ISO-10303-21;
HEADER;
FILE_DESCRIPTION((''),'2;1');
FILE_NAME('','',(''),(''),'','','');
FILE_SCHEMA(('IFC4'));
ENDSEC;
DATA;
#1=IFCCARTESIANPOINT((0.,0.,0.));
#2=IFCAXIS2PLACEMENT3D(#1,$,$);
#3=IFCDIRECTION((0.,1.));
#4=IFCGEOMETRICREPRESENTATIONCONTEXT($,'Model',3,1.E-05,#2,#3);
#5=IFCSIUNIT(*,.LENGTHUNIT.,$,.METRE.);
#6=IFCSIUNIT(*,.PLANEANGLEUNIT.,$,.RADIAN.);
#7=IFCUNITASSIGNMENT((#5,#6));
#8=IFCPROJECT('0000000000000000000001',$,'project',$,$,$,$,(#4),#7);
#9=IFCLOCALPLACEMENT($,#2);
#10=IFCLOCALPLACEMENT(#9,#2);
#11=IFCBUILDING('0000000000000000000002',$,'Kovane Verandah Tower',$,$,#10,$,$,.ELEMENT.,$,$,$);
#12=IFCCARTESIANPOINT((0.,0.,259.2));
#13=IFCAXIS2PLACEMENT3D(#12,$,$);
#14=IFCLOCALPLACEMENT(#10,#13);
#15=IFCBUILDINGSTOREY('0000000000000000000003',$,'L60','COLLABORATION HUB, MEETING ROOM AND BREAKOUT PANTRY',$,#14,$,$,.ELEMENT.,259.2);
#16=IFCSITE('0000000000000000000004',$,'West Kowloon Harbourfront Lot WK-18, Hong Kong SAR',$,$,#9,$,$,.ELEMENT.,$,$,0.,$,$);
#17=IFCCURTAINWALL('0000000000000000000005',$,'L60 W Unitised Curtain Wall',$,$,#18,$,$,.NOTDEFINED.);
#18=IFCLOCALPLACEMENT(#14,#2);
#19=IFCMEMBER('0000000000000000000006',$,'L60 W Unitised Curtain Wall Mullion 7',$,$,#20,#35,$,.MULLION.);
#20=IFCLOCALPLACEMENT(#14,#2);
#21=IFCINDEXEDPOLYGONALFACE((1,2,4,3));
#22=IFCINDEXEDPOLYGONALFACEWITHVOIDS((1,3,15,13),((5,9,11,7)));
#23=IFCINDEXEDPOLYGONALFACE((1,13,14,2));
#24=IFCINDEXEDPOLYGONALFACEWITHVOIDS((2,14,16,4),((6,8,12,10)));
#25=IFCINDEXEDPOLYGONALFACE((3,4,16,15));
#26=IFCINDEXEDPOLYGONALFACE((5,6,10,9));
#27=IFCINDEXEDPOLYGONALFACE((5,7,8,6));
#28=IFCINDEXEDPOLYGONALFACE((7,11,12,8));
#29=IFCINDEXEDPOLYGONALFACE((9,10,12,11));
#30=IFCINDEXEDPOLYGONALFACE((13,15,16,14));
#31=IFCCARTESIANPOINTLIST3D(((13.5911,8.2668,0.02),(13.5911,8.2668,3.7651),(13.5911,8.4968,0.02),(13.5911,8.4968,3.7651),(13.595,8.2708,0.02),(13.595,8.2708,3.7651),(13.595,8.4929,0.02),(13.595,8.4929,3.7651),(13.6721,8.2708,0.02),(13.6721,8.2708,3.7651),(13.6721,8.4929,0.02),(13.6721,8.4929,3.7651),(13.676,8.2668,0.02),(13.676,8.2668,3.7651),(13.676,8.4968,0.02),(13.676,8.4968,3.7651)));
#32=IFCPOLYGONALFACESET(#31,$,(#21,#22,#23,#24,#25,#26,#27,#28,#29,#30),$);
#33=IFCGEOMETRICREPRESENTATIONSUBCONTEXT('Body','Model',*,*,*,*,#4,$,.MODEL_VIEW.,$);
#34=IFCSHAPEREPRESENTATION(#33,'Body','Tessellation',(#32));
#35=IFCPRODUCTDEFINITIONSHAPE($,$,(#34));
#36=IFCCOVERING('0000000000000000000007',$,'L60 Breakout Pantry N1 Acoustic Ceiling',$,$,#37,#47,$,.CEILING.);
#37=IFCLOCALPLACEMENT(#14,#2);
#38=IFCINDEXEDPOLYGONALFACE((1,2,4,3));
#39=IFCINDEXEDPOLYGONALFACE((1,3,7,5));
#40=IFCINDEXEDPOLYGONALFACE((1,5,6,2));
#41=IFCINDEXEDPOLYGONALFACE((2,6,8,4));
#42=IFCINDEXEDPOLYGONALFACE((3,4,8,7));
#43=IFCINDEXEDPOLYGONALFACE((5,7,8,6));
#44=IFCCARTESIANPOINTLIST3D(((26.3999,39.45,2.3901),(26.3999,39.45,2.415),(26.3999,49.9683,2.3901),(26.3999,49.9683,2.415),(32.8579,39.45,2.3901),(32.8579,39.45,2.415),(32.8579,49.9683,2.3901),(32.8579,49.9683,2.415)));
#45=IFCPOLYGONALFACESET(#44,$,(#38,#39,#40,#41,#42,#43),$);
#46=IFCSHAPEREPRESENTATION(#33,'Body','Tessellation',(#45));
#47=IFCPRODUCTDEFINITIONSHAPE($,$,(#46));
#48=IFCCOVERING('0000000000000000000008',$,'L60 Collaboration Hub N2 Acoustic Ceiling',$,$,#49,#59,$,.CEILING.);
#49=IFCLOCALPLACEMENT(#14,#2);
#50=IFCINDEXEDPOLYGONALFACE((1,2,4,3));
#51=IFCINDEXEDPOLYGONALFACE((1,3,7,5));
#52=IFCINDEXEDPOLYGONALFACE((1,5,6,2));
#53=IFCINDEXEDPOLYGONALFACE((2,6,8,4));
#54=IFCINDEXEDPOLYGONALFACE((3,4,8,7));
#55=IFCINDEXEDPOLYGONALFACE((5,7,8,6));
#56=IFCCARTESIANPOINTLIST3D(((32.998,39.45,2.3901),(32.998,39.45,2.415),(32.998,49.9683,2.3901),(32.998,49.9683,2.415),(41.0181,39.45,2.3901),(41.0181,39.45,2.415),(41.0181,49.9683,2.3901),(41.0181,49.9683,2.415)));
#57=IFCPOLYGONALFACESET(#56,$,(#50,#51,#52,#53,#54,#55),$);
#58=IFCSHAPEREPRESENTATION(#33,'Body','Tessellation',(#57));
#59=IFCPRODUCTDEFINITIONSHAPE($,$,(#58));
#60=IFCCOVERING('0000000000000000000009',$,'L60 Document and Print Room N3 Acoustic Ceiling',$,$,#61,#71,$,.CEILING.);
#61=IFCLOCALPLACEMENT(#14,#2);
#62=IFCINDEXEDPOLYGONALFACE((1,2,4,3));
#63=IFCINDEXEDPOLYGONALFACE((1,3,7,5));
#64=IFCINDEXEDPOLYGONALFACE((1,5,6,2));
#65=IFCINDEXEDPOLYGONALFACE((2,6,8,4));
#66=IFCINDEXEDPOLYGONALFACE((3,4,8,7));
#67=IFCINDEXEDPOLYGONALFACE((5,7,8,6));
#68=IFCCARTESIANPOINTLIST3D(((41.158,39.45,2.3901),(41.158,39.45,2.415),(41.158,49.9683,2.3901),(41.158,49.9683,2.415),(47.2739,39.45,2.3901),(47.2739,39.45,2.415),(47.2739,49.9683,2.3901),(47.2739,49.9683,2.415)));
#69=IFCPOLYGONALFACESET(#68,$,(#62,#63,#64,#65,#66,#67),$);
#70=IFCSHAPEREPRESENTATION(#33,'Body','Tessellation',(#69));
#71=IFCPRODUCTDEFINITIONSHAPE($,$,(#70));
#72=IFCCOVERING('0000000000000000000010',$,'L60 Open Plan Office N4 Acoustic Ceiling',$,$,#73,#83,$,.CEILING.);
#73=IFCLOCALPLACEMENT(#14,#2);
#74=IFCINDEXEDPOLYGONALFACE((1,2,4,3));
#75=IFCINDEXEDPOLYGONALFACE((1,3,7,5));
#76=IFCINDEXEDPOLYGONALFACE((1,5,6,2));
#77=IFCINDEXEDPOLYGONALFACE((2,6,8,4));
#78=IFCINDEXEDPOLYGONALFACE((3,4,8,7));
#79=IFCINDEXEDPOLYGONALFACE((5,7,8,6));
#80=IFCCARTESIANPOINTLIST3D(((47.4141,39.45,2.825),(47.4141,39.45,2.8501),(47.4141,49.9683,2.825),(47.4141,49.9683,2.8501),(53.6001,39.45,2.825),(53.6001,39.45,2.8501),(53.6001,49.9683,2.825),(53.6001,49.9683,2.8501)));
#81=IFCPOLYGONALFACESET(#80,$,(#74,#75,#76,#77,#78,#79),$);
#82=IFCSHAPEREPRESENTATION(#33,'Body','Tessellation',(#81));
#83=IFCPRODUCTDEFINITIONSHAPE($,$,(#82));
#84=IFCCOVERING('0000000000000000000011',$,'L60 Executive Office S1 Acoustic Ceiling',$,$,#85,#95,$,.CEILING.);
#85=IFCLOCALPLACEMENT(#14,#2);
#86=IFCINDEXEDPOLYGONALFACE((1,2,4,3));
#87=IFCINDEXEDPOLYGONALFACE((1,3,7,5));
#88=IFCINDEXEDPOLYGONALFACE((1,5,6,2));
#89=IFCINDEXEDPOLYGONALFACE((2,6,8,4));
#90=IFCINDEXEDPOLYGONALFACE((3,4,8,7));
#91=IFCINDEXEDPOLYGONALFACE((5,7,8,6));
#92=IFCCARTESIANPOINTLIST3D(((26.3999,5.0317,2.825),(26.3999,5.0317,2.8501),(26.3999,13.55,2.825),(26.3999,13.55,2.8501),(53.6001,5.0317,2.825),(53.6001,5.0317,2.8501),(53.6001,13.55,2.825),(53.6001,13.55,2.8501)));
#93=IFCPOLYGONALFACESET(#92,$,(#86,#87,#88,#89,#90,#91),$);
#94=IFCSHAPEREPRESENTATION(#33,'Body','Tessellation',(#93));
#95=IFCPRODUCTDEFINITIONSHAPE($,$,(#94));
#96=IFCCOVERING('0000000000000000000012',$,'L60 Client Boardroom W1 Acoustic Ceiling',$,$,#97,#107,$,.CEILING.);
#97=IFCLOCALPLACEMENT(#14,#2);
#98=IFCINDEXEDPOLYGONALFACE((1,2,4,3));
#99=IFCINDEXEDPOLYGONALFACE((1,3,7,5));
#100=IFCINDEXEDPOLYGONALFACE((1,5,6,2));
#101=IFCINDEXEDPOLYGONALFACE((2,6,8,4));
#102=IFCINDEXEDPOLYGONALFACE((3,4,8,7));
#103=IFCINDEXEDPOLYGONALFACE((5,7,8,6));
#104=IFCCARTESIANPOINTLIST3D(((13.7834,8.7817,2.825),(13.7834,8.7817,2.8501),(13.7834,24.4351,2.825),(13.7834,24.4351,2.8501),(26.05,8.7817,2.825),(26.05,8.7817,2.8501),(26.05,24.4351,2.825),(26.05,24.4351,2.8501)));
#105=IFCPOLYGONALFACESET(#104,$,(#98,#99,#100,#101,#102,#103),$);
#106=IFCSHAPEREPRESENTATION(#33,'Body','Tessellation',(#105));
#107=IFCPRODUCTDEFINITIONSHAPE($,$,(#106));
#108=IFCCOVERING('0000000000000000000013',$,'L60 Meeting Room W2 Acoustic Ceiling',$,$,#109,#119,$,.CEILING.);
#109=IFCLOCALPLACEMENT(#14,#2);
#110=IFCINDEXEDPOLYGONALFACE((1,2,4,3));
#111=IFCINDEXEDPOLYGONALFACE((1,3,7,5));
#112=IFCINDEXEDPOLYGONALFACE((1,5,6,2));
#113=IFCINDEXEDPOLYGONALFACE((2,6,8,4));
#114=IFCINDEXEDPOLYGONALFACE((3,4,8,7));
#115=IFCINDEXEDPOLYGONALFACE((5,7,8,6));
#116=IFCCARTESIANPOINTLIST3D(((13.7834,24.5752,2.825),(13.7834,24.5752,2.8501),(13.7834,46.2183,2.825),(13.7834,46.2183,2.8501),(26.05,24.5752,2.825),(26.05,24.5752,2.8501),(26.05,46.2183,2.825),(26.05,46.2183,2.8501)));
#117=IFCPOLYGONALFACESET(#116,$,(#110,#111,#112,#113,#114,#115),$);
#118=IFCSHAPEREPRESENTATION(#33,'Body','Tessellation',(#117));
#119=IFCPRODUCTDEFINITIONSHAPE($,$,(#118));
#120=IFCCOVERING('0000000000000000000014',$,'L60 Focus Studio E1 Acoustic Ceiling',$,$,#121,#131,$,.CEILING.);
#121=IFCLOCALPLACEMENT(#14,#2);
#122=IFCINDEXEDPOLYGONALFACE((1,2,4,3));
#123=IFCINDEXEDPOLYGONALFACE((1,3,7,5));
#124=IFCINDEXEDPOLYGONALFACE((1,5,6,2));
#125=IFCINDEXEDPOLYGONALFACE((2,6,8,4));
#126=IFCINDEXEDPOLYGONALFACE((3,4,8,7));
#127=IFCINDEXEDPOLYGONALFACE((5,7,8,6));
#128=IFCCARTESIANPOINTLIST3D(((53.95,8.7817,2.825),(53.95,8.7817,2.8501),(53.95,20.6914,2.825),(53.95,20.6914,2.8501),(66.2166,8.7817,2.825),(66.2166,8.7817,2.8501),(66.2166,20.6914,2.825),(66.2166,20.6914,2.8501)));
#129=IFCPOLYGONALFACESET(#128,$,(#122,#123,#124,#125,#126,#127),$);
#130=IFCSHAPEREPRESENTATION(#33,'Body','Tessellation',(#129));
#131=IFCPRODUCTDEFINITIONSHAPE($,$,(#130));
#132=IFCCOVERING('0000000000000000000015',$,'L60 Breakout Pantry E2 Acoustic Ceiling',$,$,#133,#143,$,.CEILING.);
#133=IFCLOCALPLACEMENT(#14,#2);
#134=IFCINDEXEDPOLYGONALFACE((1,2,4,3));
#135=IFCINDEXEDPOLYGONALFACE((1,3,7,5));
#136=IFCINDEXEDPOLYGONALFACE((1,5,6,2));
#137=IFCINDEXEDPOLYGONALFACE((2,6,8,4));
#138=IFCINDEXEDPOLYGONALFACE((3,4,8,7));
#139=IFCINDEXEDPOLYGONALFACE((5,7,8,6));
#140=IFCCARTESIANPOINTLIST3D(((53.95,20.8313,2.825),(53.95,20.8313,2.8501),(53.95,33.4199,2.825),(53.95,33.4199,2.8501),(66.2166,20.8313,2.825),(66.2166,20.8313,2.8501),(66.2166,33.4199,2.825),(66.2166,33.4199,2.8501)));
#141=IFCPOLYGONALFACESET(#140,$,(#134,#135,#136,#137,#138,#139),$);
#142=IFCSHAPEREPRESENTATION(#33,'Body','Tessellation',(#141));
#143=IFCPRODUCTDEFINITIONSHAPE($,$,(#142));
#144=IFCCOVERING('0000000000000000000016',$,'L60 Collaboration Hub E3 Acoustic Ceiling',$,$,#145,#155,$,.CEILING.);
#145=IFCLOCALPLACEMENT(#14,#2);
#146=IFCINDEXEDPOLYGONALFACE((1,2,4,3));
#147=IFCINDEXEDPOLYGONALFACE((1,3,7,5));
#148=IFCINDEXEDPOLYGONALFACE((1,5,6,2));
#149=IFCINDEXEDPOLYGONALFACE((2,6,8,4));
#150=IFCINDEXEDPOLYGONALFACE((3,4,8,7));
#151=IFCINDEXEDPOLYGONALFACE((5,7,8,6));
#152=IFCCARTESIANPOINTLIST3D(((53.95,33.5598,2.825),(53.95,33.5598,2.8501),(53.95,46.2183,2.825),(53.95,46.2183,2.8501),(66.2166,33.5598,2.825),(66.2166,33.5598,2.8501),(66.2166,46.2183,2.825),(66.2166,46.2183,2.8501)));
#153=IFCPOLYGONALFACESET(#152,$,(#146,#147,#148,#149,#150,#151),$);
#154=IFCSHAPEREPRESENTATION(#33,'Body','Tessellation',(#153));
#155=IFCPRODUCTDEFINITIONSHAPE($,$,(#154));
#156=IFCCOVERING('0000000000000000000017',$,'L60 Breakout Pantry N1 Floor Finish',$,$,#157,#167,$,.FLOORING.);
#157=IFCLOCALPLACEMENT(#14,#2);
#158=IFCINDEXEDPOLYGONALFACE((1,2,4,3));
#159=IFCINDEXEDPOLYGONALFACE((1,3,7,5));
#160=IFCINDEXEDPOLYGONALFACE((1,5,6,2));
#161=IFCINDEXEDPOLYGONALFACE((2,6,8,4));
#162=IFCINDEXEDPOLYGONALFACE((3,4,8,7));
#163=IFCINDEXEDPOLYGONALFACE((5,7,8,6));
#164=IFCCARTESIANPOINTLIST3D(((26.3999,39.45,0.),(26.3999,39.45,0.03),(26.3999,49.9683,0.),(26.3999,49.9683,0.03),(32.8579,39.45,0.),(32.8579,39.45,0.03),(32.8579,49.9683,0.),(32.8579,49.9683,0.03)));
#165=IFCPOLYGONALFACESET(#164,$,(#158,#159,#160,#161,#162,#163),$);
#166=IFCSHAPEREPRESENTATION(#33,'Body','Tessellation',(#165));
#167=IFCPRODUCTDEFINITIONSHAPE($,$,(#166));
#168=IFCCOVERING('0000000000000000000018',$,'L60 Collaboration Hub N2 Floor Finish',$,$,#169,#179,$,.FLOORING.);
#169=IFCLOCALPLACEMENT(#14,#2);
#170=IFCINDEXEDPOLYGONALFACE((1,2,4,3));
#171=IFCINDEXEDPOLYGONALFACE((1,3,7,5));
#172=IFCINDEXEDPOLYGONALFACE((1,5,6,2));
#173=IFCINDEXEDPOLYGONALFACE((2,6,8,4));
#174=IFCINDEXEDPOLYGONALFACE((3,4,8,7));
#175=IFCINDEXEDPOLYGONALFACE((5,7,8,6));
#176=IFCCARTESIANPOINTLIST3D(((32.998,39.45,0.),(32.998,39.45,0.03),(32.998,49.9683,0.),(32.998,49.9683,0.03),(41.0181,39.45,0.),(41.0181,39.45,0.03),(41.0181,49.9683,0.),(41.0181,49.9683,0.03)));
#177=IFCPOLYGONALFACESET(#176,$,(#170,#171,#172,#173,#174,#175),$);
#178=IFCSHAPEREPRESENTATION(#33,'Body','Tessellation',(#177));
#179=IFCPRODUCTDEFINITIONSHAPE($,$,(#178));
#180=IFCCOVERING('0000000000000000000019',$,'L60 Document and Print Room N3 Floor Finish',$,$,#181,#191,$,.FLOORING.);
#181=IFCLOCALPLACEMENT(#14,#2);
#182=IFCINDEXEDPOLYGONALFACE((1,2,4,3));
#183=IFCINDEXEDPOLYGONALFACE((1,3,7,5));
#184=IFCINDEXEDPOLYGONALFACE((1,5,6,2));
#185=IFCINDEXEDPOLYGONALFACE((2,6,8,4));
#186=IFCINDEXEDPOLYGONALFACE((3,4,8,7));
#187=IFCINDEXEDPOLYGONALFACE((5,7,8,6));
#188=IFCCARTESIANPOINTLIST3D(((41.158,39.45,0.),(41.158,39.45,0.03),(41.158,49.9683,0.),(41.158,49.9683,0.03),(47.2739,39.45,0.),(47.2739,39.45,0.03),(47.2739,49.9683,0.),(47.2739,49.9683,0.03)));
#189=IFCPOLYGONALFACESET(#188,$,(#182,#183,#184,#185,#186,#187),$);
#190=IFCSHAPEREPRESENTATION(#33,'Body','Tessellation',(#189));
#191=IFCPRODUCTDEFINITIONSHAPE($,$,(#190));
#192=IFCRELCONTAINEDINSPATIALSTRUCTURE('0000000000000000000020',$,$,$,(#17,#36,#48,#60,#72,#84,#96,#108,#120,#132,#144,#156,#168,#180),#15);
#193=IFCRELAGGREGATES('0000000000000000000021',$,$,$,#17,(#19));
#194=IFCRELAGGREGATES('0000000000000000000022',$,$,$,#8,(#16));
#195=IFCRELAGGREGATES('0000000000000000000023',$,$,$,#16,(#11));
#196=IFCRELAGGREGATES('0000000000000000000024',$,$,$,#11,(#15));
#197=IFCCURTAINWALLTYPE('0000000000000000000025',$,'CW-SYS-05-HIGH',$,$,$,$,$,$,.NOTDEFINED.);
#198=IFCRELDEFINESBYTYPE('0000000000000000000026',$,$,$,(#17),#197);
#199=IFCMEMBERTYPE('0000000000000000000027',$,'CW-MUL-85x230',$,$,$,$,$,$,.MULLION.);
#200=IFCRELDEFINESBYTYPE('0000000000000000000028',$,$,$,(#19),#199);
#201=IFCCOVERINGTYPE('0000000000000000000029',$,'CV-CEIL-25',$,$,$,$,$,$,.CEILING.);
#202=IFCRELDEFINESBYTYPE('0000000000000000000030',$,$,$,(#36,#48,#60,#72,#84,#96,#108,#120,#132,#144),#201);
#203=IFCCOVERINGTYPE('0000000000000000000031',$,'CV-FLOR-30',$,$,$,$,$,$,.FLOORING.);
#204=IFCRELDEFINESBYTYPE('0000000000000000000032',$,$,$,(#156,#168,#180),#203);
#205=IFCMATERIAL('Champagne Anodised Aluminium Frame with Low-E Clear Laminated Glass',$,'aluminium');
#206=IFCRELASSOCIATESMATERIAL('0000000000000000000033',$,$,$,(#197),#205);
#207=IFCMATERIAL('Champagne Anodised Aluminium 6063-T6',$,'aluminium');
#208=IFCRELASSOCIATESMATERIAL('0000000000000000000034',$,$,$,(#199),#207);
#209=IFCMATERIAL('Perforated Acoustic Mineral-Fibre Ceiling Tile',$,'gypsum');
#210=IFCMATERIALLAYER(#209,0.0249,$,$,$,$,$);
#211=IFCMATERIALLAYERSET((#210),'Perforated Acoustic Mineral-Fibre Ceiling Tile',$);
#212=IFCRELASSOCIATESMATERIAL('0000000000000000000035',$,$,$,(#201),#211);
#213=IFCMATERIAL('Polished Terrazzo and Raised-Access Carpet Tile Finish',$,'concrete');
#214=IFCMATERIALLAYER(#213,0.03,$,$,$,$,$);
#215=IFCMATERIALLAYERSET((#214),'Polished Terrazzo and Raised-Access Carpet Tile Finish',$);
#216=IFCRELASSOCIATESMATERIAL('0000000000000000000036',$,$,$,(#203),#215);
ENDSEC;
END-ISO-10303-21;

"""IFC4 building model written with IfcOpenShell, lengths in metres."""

from ifc_helpers import new_model, si_unit, direction, frame, origin, origin_2d, place, context, subcontext, project, spatial, polyline, hollow_rectangle, outline, extrude, material, layer, layer_set, material_profile, profile_set, type_object, element, aggregate, save


model = new_model("IFC4")

# Units and contexts
model_context = context("Model", 3, precision=1e-05, world=origin(), true_north=direction((0.0, 1.0)))
body_context = subcontext(model_context, "Body", "Model", "MODEL_VIEW")
ifc_project = project(units=[si_unit("LENGTHUNIT", "METRE"), si_unit("PLANEANGLEUNIT", "RADIAN")], contexts=[model_context])

# Site, building, storey
site_placement = place(None, origin())
site = spatial("IfcSite", under=ifc_project, at=site_placement, Name="West Kowloon Harbourfront Lot WK-18, Hong Kong SAR", CompositionType="ELEMENT", RefElevation=0.0)
building_placement = place(site_placement, origin())
building = spatial("IfcBuilding", under=site, at=building_placement, Name="Kovane Verandah Tower", CompositionType="ELEMENT")
storey_placement = place(building_placement, frame((0.0, 0.0, 259.2)))
storey = spatial("IfcBuildingStorey", under=building, at=storey_placement, Name="L60", Description="COLLABORATION HUB, MEETING ROOM AND BREAKOUT PANTRY", CompositionType="ELEMENT", Elevation=259.2)

# Curtain wall, member
ifc_material_1 = material(Name="Champagne Anodised Aluminium Frame with Low-E Clear Laminated Glass", Category="aluminium")
curtain_wall_type = type_object("IfcCurtainWallType", Name="CW-SYS-05-HIGH", PredefinedType="NOTDEFINED", material=ifc_material_1)
curtain_wall_placement = place(storey_placement, origin())
curtain_wall = element("IfcCurtainWall", 1, at=curtain_wall_placement, inside=storey, type_object=curtain_wall_type, Name="L60 W Unitised Curtain Wall", PredefinedType="NOTDEFINED")
ifc_material_2 = material(Name="Champagne Anodised Aluminium 6063-T6", Category="aluminium")
ifc_material_profile = material_profile(ifc_material_2, hollow_rectangle(XDim=0.085, YDim=0.23, WallThickness=0.0039, at=origin_2d()), Name="AL85x230x4")
ifc_profile_set = profile_set([ifc_material_profile], Name="Champagne Anodised Aluminium 6063-T6")
member_type = type_object("IfcMemberType", Name="CW-MUL-85x230", PredefinedType="MULLION", material=ifc_profile_set)
member_placement = place(storey_placement, frame((13.6335, 8.3818, 0.02), z_axis=(0.0, 0.0, 1.0), x_axis=(-1.0, 0.0, 0.0)))
member = element("IfcMember", 2, at=member_placement, type_object=member_type, Name="L60 W Unitised Curtain Wall Mullion 7", PredefinedType="MULLION", context=body_context, shape_type="SweptSolid", body=[
    extrude(hollow_rectangle(XDim=0.085, YDim=0.23, WallThickness=0.0039, at=origin_2d()), origin(), (0.0, 0.0, 1.0), 3.7451),
])
aggregate(curtain_wall, [member])

# Coverings
ifc_material_3 = material(Name="Perforated Acoustic Mineral-Fibre Ceiling Tile", Category="gypsum")
ifc_layer_1 = layer(ifc_material_3, 0.0249)
ifc_layer_set_1 = layer_set([ifc_layer_1], Name="Perforated Acoustic Mineral-Fibre Ceiling Tile")
covering_type_1 = type_object("IfcCoveringType", Name="CV-CEIL-25", PredefinedType="CEILING", material=ifc_layer_set_1)
covering_1_placement = place(storey_placement, frame((0.0, 0.0, 2.3901)))
element("IfcCovering", 3, at=covering_1_placement, inside=storey, type_object=covering_type_1, Name="L60 Breakout Pantry N1 Acoustic Ceiling", PredefinedType="CEILING", context=body_context, shape_type="SweptSolid", body=[
    extrude(outline(polyline([(26.3999, 39.45), (32.8579, 39.45), (32.8579, 49.9683), (26.3999, 49.9683), (26.3999, 39.45)])), origin(), (0.0, 0.0, 1.0), 0.0249),
])
covering_2_placement = place(storey_placement, frame((0.0, 0.0, 2.3901)))
element("IfcCovering", 4, at=covering_2_placement, inside=storey, type_object=covering_type_1, Name="L60 Collaboration Hub N2 Acoustic Ceiling", PredefinedType="CEILING", context=body_context, shape_type="SweptSolid", body=[
    extrude(outline(polyline([(32.998, 39.45), (41.0181, 39.45), (41.0181, 49.9683), (32.998, 49.9683), (32.998, 39.45)])), origin(), (0.0, 0.0, 1.0), 0.0249),
])
covering_3_placement = place(storey_placement, frame((0.0, 0.0, 2.3901)))
element("IfcCovering", 5, at=covering_3_placement, inside=storey, type_object=covering_type_1, Name="L60 Document and Print Room N3 Acoustic Ceiling", PredefinedType="CEILING", context=body_context, shape_type="SweptSolid", body=[
    extrude(outline(polyline([(41.158, 39.45), (47.2739, 39.45), (47.2739, 49.9683), (41.158, 49.9683), (41.158, 39.45)])), origin(), (0.0, 0.0, 1.0), 0.0249),
])
covering_4_placement = place(storey_placement, frame((0.0, 0.0, 2.825)))
element("IfcCovering", 6, at=covering_4_placement, inside=storey, type_object=covering_type_1, Name="L60 Open Plan Office N4 Acoustic Ceiling", PredefinedType="CEILING", context=body_context, shape_type="SweptSolid", body=[
    extrude(outline(polyline([(47.4141, 39.45), (53.6001, 39.45), (53.6001, 49.9683), (47.4141, 49.9683), (47.4141, 39.45)])), origin(), (0.0, 0.0, 1.0), 0.0251),
])
covering_5_placement = place(storey_placement, frame((0.0, 0.0, 2.825)))
element("IfcCovering", 7, at=covering_5_placement, inside=storey, type_object=covering_type_1, Name="L60 Executive Office S1 Acoustic Ceiling", PredefinedType="CEILING", context=body_context, shape_type="SweptSolid", body=[
    extrude(outline(polyline([(26.3999, 5.0317), (53.6001, 5.0317), (53.6001, 13.55), (26.3999, 13.55), (26.3999, 5.0317)])), origin(), (0.0, 0.0, 1.0), 0.0251),
])
covering_6_placement = place(storey_placement, frame((0.0, 0.0, 2.825)))
element("IfcCovering", 8, at=covering_6_placement, inside=storey, type_object=covering_type_1, Name="L60 Client Boardroom W1 Acoustic Ceiling", PredefinedType="CEILING", context=body_context, shape_type="SweptSolid", body=[
    extrude(outline(polyline([(13.7834, 8.7817), (26.05, 8.7817), (26.05, 24.4351), (13.7834, 24.4351), (13.7834, 8.7817)])), origin(), (0.0, 0.0, 1.0), 0.0251),
])
covering_7_placement = place(storey_placement, frame((0.0, 0.0, 2.825)))
element("IfcCovering", 9, at=covering_7_placement, inside=storey, type_object=covering_type_1, Name="L60 Meeting Room W2 Acoustic Ceiling", PredefinedType="CEILING", context=body_context, shape_type="SweptSolid", body=[
    extrude(outline(polyline([(13.7834, 24.5752), (26.05, 24.5752), (26.05, 46.2183), (13.7834, 46.2183), (13.7834, 24.5752)])), origin(), (0.0, 0.0, 1.0), 0.0251),
])
covering_8_placement = place(storey_placement, frame((0.0, 0.0, 2.825)))
element("IfcCovering", 10, at=covering_8_placement, inside=storey, type_object=covering_type_1, Name="L60 Focus Studio E1 Acoustic Ceiling", PredefinedType="CEILING", context=body_context, shape_type="SweptSolid", body=[
    extrude(outline(polyline([(53.95, 8.7817), (66.2166, 8.7817), (66.2166, 20.6914), (53.95, 20.6914), (53.95, 8.7817)])), origin(), (0.0, 0.0, 1.0), 0.0251),
])
covering_9_placement = place(storey_placement, frame((0.0, 0.0, 2.825)))
element("IfcCovering", 11, at=covering_9_placement, inside=storey, type_object=covering_type_1, Name="L60 Breakout Pantry E2 Acoustic Ceiling", PredefinedType="CEILING", context=body_context, shape_type="SweptSolid", body=[
    extrude(outline(polyline([(53.95, 20.8313), (66.2166, 20.8313), (66.2166, 33.4199), (53.95, 33.4199), (53.95, 20.8313)])), origin(), (0.0, 0.0, 1.0), 0.0251),
])
covering_10_placement = place(storey_placement, frame((0.0, 0.0, 2.825)))
element("IfcCovering", 12, at=covering_10_placement, inside=storey, type_object=covering_type_1, Name="L60 Collaboration Hub E3 Acoustic Ceiling", PredefinedType="CEILING", context=body_context, shape_type="SweptSolid", body=[
    extrude(outline(polyline([(53.95, 33.5598), (66.2166, 33.5598), (66.2166, 46.2183), (53.95, 46.2183), (53.95, 33.5598)])), origin(), (0.0, 0.0, 1.0), 0.0251),
])
ifc_material_4 = material(Name="Polished Terrazzo and Raised-Access Carpet Tile Finish", Category="concrete")
ifc_layer_2 = layer(ifc_material_4, 0.03)
ifc_layer_set_2 = layer_set([ifc_layer_2], Name="Polished Terrazzo and Raised-Access Carpet Tile Finish")
covering_type_2 = type_object("IfcCoveringType", Name="CV-FLOR-30", PredefinedType="FLOORING", material=ifc_layer_set_2)
covering_11_placement = place(storey_placement, origin())
element("IfcCovering", 13, at=covering_11_placement, inside=storey, type_object=covering_type_2, Name="L60 Breakout Pantry N1 Floor Finish", PredefinedType="FLOORING", context=body_context, shape_type="SweptSolid", body=[
    extrude(outline(polyline([(26.3999, 39.45), (32.8579, 39.45), (32.8579, 49.9683), (26.3999, 49.9683), (26.3999, 39.45)])), origin(), (0.0, 0.0, 1.0), 0.03),
])
covering_12_placement = place(storey_placement, origin())
element("IfcCovering", 14, at=covering_12_placement, inside=storey, type_object=covering_type_2, Name="L60 Collaboration Hub N2 Floor Finish", PredefinedType="FLOORING", context=body_context, shape_type="SweptSolid", body=[
    extrude(outline(polyline([(32.998, 39.45), (41.0181, 39.45), (41.0181, 49.9683), (32.998, 49.9683), (32.998, 39.45)])), origin(), (0.0, 0.0, 1.0), 0.03),
])
covering_13_placement = place(storey_placement, origin())
element("IfcCovering", 15, at=covering_13_placement, inside=storey, type_object=covering_type_2, Name="L60 Document and Print Room N3 Floor Finish", PredefinedType="FLOORING", context=body_context, shape_type="SweptSolid", body=[
    extrude(outline(polyline([(41.158, 39.45), (47.2739, 39.45), (47.2739, 49.9683), (41.158, 49.9683), (41.158, 39.45)])), origin(), (0.0, 0.0, 1.0), 0.03),
])

save(model, "model.ifc")
